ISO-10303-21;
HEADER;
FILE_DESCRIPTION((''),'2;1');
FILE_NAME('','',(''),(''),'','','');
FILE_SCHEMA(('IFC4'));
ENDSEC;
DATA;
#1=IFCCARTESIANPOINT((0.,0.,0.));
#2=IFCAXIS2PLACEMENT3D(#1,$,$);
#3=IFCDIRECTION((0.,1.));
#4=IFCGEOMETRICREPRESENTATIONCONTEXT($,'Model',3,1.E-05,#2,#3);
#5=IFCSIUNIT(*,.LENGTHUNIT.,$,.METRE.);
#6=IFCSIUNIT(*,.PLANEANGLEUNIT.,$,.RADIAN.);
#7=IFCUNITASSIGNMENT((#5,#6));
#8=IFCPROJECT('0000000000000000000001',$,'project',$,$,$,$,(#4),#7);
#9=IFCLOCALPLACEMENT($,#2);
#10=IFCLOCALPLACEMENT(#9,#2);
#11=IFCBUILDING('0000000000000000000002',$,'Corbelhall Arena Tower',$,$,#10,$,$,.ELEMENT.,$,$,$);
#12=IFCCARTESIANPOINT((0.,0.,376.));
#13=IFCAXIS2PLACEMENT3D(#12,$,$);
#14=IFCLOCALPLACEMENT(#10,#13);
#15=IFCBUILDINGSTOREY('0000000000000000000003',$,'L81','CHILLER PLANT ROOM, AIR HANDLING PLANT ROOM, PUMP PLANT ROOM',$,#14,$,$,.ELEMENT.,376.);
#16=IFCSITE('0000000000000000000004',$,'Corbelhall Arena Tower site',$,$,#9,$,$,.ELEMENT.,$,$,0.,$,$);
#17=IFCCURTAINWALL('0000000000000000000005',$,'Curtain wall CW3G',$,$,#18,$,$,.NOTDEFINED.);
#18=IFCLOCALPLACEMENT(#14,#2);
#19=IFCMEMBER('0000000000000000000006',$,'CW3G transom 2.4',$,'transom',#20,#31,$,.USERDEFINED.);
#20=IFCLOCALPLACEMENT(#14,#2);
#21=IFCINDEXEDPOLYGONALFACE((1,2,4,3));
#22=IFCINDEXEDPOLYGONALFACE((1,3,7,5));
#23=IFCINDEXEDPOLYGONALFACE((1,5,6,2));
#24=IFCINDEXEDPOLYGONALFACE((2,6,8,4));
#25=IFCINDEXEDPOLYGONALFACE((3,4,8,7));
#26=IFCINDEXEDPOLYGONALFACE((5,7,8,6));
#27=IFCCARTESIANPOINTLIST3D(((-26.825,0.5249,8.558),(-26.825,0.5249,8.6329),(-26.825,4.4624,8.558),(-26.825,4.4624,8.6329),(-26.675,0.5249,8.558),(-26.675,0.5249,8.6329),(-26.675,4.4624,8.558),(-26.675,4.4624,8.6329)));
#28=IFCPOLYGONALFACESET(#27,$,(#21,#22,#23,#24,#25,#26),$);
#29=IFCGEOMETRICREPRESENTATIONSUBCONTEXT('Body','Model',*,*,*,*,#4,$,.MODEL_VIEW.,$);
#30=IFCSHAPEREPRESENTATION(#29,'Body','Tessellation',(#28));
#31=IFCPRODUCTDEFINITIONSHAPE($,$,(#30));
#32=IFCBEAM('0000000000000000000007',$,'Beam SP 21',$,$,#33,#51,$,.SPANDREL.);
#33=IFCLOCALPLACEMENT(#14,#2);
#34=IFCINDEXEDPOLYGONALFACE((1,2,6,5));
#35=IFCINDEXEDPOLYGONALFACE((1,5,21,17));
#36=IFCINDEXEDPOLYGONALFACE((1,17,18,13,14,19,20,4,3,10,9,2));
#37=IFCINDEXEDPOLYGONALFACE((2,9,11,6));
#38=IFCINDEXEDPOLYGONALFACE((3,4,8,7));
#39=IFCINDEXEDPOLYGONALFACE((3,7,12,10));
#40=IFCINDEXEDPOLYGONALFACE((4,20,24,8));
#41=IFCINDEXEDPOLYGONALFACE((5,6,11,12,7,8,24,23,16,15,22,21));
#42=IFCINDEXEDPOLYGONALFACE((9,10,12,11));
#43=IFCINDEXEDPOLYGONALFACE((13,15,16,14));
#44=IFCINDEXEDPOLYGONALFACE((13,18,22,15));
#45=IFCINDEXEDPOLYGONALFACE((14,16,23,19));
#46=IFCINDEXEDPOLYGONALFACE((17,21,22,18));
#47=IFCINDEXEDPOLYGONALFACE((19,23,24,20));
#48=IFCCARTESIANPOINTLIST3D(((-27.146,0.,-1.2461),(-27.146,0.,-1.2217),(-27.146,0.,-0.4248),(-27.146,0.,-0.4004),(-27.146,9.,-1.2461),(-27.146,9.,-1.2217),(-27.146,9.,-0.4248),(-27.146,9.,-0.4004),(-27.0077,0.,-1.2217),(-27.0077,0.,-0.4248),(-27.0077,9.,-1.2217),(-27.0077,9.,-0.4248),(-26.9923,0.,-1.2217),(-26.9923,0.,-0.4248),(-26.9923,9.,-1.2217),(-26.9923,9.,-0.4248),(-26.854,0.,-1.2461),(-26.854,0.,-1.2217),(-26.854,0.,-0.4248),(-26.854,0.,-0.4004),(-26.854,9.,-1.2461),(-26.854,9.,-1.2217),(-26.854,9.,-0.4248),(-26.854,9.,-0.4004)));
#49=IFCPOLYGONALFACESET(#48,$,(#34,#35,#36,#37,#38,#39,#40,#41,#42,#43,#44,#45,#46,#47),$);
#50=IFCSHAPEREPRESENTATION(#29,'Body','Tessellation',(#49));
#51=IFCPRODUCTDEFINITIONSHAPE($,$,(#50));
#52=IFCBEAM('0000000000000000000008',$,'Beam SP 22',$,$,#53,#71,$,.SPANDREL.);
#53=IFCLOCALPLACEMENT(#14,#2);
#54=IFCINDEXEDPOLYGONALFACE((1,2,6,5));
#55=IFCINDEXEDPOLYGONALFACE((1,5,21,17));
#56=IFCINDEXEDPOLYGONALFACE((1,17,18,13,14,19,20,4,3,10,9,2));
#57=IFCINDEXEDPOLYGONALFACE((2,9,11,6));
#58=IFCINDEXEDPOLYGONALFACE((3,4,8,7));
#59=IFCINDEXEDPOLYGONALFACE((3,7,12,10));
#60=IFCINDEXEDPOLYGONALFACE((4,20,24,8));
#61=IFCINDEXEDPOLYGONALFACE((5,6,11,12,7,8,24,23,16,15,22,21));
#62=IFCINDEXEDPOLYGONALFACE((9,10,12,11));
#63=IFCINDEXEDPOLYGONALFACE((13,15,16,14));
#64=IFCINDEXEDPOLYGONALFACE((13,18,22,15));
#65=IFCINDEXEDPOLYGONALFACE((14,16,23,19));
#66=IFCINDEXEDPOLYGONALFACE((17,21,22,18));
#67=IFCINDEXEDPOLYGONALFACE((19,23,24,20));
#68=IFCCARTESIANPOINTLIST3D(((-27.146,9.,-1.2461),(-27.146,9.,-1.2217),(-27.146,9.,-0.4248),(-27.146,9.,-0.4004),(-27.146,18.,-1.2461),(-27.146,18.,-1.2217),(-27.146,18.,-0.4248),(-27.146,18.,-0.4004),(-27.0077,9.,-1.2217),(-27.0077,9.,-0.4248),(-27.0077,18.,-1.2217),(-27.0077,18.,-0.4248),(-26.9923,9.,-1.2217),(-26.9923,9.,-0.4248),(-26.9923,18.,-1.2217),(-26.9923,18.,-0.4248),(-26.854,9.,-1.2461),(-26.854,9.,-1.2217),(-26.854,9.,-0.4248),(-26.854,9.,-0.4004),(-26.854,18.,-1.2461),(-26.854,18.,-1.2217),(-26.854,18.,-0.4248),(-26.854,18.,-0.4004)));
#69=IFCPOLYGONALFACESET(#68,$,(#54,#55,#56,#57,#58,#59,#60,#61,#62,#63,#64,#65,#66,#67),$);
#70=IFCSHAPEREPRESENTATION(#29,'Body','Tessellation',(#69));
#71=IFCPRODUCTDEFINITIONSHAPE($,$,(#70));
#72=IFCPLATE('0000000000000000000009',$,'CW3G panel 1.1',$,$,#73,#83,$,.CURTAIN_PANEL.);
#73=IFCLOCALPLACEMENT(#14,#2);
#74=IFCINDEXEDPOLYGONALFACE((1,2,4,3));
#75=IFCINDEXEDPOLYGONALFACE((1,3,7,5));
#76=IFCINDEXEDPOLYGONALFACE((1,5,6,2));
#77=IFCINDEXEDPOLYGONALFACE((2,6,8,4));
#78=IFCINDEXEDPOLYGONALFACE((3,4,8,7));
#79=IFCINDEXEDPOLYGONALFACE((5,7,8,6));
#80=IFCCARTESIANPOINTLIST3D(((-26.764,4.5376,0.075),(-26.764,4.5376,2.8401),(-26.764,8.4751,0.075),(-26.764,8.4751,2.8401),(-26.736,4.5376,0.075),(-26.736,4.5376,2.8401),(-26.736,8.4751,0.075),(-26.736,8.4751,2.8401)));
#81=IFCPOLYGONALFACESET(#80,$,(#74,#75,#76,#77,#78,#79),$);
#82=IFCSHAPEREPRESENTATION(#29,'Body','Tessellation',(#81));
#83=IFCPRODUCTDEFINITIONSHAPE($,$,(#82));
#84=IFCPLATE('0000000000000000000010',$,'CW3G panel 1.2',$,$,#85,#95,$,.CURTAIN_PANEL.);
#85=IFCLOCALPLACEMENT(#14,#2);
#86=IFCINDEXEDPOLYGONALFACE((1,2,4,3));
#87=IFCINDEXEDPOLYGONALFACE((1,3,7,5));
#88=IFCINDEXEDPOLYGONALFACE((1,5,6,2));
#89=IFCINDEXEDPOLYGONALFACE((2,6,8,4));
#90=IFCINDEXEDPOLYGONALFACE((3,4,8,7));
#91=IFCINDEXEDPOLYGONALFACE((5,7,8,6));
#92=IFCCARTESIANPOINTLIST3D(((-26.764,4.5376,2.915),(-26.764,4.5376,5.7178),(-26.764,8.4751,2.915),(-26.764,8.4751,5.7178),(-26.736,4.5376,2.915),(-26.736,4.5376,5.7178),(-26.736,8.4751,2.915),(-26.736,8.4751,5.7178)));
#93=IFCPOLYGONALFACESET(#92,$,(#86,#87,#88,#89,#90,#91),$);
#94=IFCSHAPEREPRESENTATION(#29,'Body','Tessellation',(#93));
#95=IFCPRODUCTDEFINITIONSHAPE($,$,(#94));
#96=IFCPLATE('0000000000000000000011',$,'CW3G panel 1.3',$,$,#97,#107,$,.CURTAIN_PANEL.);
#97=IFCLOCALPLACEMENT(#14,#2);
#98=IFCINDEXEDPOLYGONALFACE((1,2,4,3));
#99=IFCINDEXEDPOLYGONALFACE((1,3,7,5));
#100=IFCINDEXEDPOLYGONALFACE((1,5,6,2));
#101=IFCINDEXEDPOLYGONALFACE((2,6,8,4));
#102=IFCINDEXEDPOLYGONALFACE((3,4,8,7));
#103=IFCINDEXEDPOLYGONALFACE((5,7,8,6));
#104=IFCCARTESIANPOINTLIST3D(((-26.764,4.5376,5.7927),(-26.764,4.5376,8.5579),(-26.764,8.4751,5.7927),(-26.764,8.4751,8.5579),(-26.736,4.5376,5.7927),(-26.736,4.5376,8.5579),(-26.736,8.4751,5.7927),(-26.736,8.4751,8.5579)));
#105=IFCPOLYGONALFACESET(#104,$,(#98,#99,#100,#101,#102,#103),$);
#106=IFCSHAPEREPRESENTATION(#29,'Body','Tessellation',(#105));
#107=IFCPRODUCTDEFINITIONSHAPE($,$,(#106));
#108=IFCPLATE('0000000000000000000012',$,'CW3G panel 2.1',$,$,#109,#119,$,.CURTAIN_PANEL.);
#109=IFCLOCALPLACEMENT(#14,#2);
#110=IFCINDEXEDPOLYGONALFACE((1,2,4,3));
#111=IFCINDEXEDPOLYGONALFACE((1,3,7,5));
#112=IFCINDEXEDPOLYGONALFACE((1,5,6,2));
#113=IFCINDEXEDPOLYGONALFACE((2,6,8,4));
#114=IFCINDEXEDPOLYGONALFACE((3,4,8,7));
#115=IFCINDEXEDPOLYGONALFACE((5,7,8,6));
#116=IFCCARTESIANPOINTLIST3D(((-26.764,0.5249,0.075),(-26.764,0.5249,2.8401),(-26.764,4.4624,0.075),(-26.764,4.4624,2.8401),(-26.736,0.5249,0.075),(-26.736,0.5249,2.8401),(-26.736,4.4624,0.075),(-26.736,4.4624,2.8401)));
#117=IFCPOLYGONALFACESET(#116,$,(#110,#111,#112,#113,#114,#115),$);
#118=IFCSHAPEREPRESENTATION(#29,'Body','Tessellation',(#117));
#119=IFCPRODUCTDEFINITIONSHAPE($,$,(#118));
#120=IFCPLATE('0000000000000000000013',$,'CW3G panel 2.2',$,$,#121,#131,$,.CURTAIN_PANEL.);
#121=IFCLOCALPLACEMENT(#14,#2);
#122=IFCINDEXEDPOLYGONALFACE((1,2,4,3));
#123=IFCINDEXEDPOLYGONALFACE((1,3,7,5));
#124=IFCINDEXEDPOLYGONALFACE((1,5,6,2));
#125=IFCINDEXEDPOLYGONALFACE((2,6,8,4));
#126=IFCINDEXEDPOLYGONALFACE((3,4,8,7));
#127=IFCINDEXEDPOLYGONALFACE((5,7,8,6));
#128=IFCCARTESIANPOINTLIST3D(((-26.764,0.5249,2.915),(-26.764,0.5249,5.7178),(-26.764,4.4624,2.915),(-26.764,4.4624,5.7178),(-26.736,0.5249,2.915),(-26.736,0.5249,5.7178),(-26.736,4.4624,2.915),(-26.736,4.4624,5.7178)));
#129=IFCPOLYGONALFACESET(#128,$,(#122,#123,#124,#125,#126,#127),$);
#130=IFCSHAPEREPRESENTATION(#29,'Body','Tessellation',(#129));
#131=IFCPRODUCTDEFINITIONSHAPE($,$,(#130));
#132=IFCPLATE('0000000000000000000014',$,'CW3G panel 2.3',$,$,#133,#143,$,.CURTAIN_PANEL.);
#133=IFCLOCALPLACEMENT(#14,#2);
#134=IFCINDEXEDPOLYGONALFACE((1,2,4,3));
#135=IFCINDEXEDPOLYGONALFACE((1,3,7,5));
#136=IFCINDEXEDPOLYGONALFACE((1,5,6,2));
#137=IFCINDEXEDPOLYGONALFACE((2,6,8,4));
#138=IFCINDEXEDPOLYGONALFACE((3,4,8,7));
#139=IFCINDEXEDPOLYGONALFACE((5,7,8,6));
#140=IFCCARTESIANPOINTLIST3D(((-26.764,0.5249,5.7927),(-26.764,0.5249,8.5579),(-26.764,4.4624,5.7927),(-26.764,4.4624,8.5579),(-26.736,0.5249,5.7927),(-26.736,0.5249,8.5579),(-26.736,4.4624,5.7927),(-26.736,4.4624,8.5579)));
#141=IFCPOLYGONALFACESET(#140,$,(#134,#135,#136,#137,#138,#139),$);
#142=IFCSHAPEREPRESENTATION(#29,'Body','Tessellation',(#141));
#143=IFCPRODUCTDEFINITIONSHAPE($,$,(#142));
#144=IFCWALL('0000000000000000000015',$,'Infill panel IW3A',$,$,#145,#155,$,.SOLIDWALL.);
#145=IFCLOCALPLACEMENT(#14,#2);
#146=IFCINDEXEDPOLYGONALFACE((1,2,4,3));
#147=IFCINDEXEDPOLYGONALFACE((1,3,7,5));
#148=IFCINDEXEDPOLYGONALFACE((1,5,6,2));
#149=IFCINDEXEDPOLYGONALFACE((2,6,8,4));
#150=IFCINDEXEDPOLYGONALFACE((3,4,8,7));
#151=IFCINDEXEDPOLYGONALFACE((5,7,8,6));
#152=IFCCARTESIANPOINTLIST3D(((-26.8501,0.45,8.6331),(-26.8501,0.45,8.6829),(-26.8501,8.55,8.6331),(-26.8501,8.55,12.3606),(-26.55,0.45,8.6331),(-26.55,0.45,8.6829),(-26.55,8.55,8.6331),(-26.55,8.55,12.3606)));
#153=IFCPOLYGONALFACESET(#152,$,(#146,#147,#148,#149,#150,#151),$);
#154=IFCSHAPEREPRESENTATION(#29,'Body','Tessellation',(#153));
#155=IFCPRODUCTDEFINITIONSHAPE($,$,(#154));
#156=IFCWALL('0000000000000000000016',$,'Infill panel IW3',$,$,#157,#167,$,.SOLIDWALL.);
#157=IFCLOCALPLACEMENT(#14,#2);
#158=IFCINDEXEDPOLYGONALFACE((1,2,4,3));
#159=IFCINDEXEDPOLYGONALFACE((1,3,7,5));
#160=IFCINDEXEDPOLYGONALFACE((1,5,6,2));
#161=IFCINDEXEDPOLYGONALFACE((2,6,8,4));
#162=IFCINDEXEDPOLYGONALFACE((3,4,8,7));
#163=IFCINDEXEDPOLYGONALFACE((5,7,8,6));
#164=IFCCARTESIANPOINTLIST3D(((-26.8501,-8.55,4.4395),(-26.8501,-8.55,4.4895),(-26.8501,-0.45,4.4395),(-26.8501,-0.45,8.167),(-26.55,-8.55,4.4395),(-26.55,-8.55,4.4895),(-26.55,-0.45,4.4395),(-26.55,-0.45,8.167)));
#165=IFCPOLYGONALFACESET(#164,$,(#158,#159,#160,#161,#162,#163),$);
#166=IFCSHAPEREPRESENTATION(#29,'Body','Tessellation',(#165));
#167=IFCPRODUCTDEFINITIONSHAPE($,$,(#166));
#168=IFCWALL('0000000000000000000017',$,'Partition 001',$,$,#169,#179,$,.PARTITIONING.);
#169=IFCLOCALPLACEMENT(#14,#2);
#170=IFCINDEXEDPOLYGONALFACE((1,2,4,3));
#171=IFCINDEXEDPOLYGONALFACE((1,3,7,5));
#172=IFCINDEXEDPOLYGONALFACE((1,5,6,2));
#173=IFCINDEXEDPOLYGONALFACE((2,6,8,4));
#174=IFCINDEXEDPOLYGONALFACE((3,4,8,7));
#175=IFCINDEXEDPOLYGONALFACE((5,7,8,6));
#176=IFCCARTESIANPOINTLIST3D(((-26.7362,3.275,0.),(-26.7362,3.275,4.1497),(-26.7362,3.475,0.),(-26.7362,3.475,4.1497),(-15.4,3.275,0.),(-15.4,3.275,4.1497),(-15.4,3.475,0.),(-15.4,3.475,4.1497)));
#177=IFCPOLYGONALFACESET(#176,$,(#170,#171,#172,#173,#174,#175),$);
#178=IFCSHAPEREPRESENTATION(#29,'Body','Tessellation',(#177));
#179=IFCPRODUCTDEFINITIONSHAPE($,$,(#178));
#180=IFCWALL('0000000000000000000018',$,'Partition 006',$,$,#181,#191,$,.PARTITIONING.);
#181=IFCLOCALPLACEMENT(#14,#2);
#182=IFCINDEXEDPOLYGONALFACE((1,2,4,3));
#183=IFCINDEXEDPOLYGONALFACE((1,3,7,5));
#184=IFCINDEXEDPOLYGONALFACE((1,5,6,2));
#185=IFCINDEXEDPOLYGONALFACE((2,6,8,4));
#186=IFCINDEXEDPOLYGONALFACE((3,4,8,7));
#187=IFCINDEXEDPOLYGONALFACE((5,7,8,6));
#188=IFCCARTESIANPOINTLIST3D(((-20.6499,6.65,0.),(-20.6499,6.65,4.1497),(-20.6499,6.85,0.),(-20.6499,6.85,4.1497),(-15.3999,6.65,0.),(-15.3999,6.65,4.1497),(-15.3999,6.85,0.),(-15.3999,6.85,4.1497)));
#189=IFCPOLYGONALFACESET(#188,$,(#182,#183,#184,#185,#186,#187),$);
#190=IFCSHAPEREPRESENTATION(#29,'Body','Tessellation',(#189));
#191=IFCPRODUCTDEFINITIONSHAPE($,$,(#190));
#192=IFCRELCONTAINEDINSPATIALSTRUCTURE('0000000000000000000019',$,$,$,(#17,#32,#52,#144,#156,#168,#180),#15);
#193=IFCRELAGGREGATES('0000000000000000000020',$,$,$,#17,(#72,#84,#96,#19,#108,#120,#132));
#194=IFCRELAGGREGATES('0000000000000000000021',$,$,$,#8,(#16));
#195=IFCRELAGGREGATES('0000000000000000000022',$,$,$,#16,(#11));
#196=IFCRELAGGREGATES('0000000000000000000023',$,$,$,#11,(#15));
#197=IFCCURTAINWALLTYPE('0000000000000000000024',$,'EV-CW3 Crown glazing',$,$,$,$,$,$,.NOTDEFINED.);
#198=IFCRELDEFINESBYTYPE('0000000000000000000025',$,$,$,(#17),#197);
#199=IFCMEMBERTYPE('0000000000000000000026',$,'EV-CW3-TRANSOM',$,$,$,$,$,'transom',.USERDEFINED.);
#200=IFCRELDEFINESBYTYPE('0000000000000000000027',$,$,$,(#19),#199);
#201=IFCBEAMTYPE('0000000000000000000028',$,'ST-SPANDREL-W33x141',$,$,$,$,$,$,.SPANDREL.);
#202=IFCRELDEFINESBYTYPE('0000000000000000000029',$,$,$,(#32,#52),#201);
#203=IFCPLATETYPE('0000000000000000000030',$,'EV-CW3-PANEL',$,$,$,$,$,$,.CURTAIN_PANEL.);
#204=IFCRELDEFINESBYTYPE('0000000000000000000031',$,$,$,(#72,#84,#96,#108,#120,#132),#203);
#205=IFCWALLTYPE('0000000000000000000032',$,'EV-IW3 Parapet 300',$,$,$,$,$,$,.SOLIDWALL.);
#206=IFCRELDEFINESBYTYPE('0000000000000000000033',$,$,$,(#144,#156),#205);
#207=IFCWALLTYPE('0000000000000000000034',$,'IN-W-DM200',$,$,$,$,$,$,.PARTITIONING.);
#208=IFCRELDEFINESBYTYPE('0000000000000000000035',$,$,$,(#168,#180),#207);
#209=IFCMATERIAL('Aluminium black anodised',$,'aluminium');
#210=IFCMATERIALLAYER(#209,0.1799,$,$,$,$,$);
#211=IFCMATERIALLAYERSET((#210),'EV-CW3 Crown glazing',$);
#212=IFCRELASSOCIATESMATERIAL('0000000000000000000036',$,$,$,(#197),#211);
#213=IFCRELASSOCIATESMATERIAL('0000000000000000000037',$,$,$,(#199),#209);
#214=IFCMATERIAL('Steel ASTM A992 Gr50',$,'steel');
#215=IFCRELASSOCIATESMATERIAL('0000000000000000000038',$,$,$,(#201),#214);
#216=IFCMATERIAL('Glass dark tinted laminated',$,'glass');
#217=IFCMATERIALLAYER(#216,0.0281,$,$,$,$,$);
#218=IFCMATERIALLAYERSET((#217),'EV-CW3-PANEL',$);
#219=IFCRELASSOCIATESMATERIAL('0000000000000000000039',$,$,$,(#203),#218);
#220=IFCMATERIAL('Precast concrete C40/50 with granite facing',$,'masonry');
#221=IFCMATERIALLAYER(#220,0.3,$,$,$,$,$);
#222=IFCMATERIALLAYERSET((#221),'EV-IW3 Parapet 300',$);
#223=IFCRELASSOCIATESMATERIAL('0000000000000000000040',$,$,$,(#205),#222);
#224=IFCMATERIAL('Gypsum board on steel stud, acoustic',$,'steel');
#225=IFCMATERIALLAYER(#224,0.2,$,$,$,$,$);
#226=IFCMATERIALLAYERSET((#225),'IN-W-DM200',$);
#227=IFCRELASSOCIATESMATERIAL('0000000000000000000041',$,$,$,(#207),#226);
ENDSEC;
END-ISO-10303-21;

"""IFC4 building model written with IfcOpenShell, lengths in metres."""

from ifc_helpers import new_model, si_unit, direction, frame, frame_2d, origin, origin_2d, place, context, subcontext, project, spatial, polyline, rectangle, i_section, outline, extrude, material, layer, layer_set, material_profile, profile_set, type_object, element, aggregate, save


model = new_model("IFC4")

# Units and contexts
model_context = context("Model", 3, precision=1e-05, world=origin(), true_north=direction((0.0, 1.0)))
body_context = subcontext(model_context, "Body", "Model", "MODEL_VIEW")
ifc_project = project(units=[si_unit("LENGTHUNIT", "METRE"), si_unit("PLANEANGLEUNIT", "RADIAN")], contexts=[model_context])

# Site, building, storey
site_placement = place(None, origin())
site = spatial("IfcSite", under=ifc_project, at=site_placement, Name="Corbelhall Arena Tower site", CompositionType="ELEMENT", RefElevation=0.0)
building_placement = place(site_placement, origin())
building = spatial("IfcBuilding", under=site, at=building_placement, Name="Corbelhall Arena Tower", CompositionType="ELEMENT")
storey_placement = place(building_placement, frame((0.0, 0.0, 376.0)))
storey = spatial("IfcBuildingStorey", under=building, at=storey_placement, Name="L81", Description="CHILLER PLANT ROOM, AIR HANDLING PLANT ROOM, PUMP PLANT ROOM", CompositionType="ELEMENT", Elevation=376.0)

# Curtain wall, member
ifc_material_1 = material(Name="Aluminium black anodised", Category="aluminium")
ifc_layer_1 = layer(ifc_material_1, 0.1799)
ifc_layer_set_1 = layer_set([ifc_layer_1], Name="EV-CW3 Crown glazing")
curtain_wall_type = type_object("IfcCurtainWallType", Name="EV-CW3 Crown glazing", PredefinedType="NOTDEFINED", material=ifc_layer_set_1)
curtain_wall_placement = place(storey_placement, origin())
curtain_wall = element("IfcCurtainWall", 1, at=curtain_wall_placement, inside=storey, type_object=curtain_wall_type, Name="Curtain wall CW3G", PredefinedType="NOTDEFINED")
ifc_material_profile_1 = material_profile(ifc_material_1, rectangle(XDim=0.1499, YDim=0.075, at=origin_2d()))
ifc_profile_set_1 = profile_set([ifc_material_profile_1], Name="Aluminium black anodised")
member_type_1 = type_object("IfcMemberType", Name="EV-CW3-TRANSOM", ElementType="transom", PredefinedType="USERDEFINED", material=ifc_profile_set_1)
member_1_placement = place(storey_placement, frame((-26.75, 4.4624, 8.5955), z_axis=(0.0, -1.0, 0.0), x_axis=(1.0, 0.0, 0.0)))
member_1 = element("IfcMember", 2, at=member_1_placement, type_object=member_type_1, Name="CW3G transom 2.4", ObjectType="transom", PredefinedType="USERDEFINED", context=body_context, shape_type="SweptSolid", body=[
    extrude(rectangle(XDim=0.1499, YDim=0.075, at=origin_2d()), origin(), (0.0, 0.0, 1.0), 3.9375),
])

# Beams
ifc_material_2 = material(Name="Steel ASTM A992 Gr50", Category="steel")
ifc_material_profile_2 = material_profile(ifc_material_2, i_section(OverallWidth=0.292, OverallDepth=0.8457, WebThickness=0.0154, FlangeThickness=0.0244, at=origin_2d()))
ifc_profile_set_2 = profile_set([ifc_material_profile_2], Name="Steel ASTM A992 Gr50")
beam_type = type_object("IfcBeamType", Name="ST-SPANDREL-W33x141", PredefinedType="SPANDREL", material=ifc_profile_set_2)
for number, where, z_axis, x_axis, name in (
    (3, (-27.0, 0.0, -0.8232), (0.0, 1.0, 0.0), (-1.0, 0.0, 0.0), "Beam SP 21"),
    (4, (-27.0, 9.0, -0.8232), (0.0, 1.0, 0.0), (-1.0, 0.0, 0.0), "Beam SP 22"),
):
    element("IfcBeam", number, at=place(storey_placement, frame(where, z_axis=z_axis, x_axis=x_axis)), inside=storey, type_object=beam_type, Name=name, PredefinedType="SPANDREL", context=body_context, shape_type="SweptSolid", body=[
        extrude(i_section(OverallWidth=0.292, OverallDepth=0.8457, WebThickness=0.0154, FlangeThickness=0.0244, at=origin_2d()), origin(), (0.0, 0.0, 1.0), 9.0),
    ])

# Plates
ifc_material_3 = material(Name="Glass dark tinted laminated", Category="glass")
ifc_layer_2 = layer(ifc_material_3, 0.0281)
ifc_layer_set_2 = layer_set([ifc_layer_2], Name="EV-CW3-PANEL")
plate_type = type_object("IfcPlateType", Name="EV-CW3-PANEL", PredefinedType="CURTAIN_PANEL", material=ifc_layer_set_2)
plate_1_placement = place(storey_placement, frame((-26.75, 6.5063, 0.075), z_axis=(0.0, 0.0, 1.0), x_axis=(0.0, -1.0, 0.0)))
plate_1 = element("IfcPlate", 5, at=plate_1_placement, type_object=plate_type, Name="CW3G panel 1.1", PredefinedType="CURTAIN_PANEL", context=body_context, shape_type="SweptSolid", body=[
    extrude(rectangle(XDim=3.9375, YDim=0.0281, at=origin_2d()), origin(), (0.0, 0.0, 1.0), 2.7651),
])
plate_2_placement = place(storey_placement, frame((-26.75, 6.5063, 2.915), z_axis=(0.0, 0.0, 1.0), x_axis=(0.0, -1.0, 0.0)))
plate_2 = element("IfcPlate", 6, at=plate_2_placement, type_object=plate_type, Name="CW3G panel 1.2", PredefinedType="CURTAIN_PANEL", context=body_context, shape_type="SweptSolid", body=[
    extrude(rectangle(XDim=3.9375, YDim=0.0281, at=origin_2d()), origin(), (0.0, 0.0, 1.0), 2.8027),
])
plate_3_placement = place(storey_placement, frame((-26.75, 6.5063, 5.7927), z_axis=(0.0, 0.0, 1.0), x_axis=(0.0, -1.0, 0.0)))
plate_3 = element("IfcPlate", 7, at=plate_3_placement, type_object=plate_type, Name="CW3G panel 1.3", PredefinedType="CURTAIN_PANEL", context=body_context, shape_type="SweptSolid", body=[
    extrude(rectangle(XDim=3.9375, YDim=0.0281, at=origin_2d()), origin(), (0.0, 0.0, 1.0), 2.7651),
])
plate_4_placement = place(storey_placement, frame((-26.75, 2.4937, 0.075), z_axis=(0.0, 0.0, 1.0), x_axis=(0.0, -1.0, 0.0)))
plate_4 = element("IfcPlate", 8, at=plate_4_placement, type_object=plate_type, Name="CW3G panel 2.1", PredefinedType="CURTAIN_PANEL", context=body_context, shape_type="SweptSolid", body=[
    extrude(rectangle(XDim=3.9375, YDim=0.0281, at=origin_2d()), origin(), (0.0, 0.0, 1.0), 2.7651),
])
plate_5_placement = place(storey_placement, frame((-26.75, 2.4937, 2.915), z_axis=(0.0, 0.0, 1.0), x_axis=(0.0, -1.0, 0.0)))
plate_5 = element("IfcPlate", 9, at=plate_5_placement, type_object=plate_type, Name="CW3G panel 2.2", PredefinedType="CURTAIN_PANEL", context=body_context, shape_type="SweptSolid", body=[
    extrude(rectangle(XDim=3.9375, YDim=0.0281, at=origin_2d()), origin(), (0.0, 0.0, 1.0), 2.8027),
])
plate_6_placement = place(storey_placement, frame((-26.75, 2.4937, 5.7927), z_axis=(0.0, 0.0, 1.0), x_axis=(0.0, -1.0, 0.0)))
plate_6 = element("IfcPlate", 10, at=plate_6_placement, type_object=plate_type, Name="CW3G panel 2.3", PredefinedType="CURTAIN_PANEL", context=body_context, shape_type="SweptSolid", body=[
    extrude(rectangle(XDim=3.9375, YDim=0.0281, at=origin_2d()), origin(), (0.0, 0.0, 1.0), 2.7651),
])
aggregate(curtain_wall, [plate_1, plate_2, plate_3, member_1, plate_4, plate_5, plate_6])

# Walls
ifc_material_4 = material(Name="Precast concrete C40/50 with granite facing", Category="masonry")
ifc_layer_3 = layer(ifc_material_4, 0.3)
ifc_layer_set_3 = layer_set([ifc_layer_3], Name="EV-IW3 Parapet 300")
wall_type_1 = type_object("IfcWallType", Name="EV-IW3 Parapet 300", PredefinedType="SOLIDWALL", material=ifc_layer_set_3)
wall_1_placement = place(storey_placement, frame((-26.7, 8.55, 8.6331), z_axis=(0.0, 0.0, 1.0), x_axis=(0.0, -1.0, 0.0)))
element("IfcWall", 11, at=wall_1_placement, inside=storey, type_object=wall_type_1, Name="Infill panel IW3A", PredefinedType="SOLIDWALL", context=body_context, shape_type="SweptSolid", body=[
    extrude(outline(polyline([(0.0, 0.0), (8.1001, 0.0), (8.1001, 0.0498), (0.0, 3.7275), (0.0, 0.0)])), frame((0.0, 0.1499, 0.0), z_axis=(0.0, -1.0, 0.0), x_axis=(1.0, 0.0, 0.0)), (0.0, 0.0, 1.0), 0.3),
])
wall_2_placement = place(storey_placement, frame((-26.7, -0.45, 4.4395), z_axis=(0.0, 0.0, 1.0), x_axis=(0.0, -1.0, 0.0)))
element("IfcWall", 12, at=wall_2_placement, inside=storey, type_object=wall_type_1, Name="Infill panel IW3", PredefinedType="SOLIDWALL", context=body_context, shape_type="SweptSolid", body=[
    extrude(outline(polyline([(0.0, 0.0), (8.1001, 0.0), (8.1001, 0.05), (0.0, 3.7275), (0.0, 0.0)])), frame((0.0, 0.1499, 0.0), z_axis=(0.0, -1.0, 0.0), x_axis=(1.0, 0.0, 0.0)), (0.0, 0.0, 1.0), 0.3),
])
ifc_material_5 = material(Name="Gypsum board on steel stud, acoustic", Category="steel")
ifc_layer_4 = layer(ifc_material_5, 0.2)
ifc_layer_set_4 = layer_set([ifc_layer_4], Name="IN-W-DM200")
wall_type_2 = type_object("IfcWallType", Name="IN-W-DM200", PredefinedType="PARTITIONING", material=ifc_layer_set_4)
wall_3_placement = place(storey_placement, frame((-26.7361, 3.375, 0.0), z_axis=(0.0, 0.0, 1.0), x_axis=(1.0, 0.0, 0.0)))
element("IfcWall", 13, at=wall_3_placement, inside=storey, type_object=wall_type_2, Name="Partition 001", PredefinedType="PARTITIONING", context=body_context, shape_type="SweptSolid", body=[
    extrude(rectangle(XDim=11.3362, YDim=0.2, at=frame_2d((5.668, 0.0))), origin(), (0.0, 0.0, 1.0), 4.1497),
])
wall_4_placement = place(storey_placement, frame((-20.6499, 6.75, 0.0), z_axis=(0.0, 0.0, 1.0), x_axis=(1.0, 0.0, 0.0)))
element("IfcWall", 14, at=wall_4_placement, inside=storey, type_object=wall_type_2, Name="Partition 006", PredefinedType="PARTITIONING", context=body_context, shape_type="SweptSolid", body=[
    extrude(rectangle(XDim=5.25, YDim=0.2, at=frame_2d((2.625, 0.0))), origin(), (0.0, 0.0, 1.0), 4.1497),
])

save(model, "model.ifc")
